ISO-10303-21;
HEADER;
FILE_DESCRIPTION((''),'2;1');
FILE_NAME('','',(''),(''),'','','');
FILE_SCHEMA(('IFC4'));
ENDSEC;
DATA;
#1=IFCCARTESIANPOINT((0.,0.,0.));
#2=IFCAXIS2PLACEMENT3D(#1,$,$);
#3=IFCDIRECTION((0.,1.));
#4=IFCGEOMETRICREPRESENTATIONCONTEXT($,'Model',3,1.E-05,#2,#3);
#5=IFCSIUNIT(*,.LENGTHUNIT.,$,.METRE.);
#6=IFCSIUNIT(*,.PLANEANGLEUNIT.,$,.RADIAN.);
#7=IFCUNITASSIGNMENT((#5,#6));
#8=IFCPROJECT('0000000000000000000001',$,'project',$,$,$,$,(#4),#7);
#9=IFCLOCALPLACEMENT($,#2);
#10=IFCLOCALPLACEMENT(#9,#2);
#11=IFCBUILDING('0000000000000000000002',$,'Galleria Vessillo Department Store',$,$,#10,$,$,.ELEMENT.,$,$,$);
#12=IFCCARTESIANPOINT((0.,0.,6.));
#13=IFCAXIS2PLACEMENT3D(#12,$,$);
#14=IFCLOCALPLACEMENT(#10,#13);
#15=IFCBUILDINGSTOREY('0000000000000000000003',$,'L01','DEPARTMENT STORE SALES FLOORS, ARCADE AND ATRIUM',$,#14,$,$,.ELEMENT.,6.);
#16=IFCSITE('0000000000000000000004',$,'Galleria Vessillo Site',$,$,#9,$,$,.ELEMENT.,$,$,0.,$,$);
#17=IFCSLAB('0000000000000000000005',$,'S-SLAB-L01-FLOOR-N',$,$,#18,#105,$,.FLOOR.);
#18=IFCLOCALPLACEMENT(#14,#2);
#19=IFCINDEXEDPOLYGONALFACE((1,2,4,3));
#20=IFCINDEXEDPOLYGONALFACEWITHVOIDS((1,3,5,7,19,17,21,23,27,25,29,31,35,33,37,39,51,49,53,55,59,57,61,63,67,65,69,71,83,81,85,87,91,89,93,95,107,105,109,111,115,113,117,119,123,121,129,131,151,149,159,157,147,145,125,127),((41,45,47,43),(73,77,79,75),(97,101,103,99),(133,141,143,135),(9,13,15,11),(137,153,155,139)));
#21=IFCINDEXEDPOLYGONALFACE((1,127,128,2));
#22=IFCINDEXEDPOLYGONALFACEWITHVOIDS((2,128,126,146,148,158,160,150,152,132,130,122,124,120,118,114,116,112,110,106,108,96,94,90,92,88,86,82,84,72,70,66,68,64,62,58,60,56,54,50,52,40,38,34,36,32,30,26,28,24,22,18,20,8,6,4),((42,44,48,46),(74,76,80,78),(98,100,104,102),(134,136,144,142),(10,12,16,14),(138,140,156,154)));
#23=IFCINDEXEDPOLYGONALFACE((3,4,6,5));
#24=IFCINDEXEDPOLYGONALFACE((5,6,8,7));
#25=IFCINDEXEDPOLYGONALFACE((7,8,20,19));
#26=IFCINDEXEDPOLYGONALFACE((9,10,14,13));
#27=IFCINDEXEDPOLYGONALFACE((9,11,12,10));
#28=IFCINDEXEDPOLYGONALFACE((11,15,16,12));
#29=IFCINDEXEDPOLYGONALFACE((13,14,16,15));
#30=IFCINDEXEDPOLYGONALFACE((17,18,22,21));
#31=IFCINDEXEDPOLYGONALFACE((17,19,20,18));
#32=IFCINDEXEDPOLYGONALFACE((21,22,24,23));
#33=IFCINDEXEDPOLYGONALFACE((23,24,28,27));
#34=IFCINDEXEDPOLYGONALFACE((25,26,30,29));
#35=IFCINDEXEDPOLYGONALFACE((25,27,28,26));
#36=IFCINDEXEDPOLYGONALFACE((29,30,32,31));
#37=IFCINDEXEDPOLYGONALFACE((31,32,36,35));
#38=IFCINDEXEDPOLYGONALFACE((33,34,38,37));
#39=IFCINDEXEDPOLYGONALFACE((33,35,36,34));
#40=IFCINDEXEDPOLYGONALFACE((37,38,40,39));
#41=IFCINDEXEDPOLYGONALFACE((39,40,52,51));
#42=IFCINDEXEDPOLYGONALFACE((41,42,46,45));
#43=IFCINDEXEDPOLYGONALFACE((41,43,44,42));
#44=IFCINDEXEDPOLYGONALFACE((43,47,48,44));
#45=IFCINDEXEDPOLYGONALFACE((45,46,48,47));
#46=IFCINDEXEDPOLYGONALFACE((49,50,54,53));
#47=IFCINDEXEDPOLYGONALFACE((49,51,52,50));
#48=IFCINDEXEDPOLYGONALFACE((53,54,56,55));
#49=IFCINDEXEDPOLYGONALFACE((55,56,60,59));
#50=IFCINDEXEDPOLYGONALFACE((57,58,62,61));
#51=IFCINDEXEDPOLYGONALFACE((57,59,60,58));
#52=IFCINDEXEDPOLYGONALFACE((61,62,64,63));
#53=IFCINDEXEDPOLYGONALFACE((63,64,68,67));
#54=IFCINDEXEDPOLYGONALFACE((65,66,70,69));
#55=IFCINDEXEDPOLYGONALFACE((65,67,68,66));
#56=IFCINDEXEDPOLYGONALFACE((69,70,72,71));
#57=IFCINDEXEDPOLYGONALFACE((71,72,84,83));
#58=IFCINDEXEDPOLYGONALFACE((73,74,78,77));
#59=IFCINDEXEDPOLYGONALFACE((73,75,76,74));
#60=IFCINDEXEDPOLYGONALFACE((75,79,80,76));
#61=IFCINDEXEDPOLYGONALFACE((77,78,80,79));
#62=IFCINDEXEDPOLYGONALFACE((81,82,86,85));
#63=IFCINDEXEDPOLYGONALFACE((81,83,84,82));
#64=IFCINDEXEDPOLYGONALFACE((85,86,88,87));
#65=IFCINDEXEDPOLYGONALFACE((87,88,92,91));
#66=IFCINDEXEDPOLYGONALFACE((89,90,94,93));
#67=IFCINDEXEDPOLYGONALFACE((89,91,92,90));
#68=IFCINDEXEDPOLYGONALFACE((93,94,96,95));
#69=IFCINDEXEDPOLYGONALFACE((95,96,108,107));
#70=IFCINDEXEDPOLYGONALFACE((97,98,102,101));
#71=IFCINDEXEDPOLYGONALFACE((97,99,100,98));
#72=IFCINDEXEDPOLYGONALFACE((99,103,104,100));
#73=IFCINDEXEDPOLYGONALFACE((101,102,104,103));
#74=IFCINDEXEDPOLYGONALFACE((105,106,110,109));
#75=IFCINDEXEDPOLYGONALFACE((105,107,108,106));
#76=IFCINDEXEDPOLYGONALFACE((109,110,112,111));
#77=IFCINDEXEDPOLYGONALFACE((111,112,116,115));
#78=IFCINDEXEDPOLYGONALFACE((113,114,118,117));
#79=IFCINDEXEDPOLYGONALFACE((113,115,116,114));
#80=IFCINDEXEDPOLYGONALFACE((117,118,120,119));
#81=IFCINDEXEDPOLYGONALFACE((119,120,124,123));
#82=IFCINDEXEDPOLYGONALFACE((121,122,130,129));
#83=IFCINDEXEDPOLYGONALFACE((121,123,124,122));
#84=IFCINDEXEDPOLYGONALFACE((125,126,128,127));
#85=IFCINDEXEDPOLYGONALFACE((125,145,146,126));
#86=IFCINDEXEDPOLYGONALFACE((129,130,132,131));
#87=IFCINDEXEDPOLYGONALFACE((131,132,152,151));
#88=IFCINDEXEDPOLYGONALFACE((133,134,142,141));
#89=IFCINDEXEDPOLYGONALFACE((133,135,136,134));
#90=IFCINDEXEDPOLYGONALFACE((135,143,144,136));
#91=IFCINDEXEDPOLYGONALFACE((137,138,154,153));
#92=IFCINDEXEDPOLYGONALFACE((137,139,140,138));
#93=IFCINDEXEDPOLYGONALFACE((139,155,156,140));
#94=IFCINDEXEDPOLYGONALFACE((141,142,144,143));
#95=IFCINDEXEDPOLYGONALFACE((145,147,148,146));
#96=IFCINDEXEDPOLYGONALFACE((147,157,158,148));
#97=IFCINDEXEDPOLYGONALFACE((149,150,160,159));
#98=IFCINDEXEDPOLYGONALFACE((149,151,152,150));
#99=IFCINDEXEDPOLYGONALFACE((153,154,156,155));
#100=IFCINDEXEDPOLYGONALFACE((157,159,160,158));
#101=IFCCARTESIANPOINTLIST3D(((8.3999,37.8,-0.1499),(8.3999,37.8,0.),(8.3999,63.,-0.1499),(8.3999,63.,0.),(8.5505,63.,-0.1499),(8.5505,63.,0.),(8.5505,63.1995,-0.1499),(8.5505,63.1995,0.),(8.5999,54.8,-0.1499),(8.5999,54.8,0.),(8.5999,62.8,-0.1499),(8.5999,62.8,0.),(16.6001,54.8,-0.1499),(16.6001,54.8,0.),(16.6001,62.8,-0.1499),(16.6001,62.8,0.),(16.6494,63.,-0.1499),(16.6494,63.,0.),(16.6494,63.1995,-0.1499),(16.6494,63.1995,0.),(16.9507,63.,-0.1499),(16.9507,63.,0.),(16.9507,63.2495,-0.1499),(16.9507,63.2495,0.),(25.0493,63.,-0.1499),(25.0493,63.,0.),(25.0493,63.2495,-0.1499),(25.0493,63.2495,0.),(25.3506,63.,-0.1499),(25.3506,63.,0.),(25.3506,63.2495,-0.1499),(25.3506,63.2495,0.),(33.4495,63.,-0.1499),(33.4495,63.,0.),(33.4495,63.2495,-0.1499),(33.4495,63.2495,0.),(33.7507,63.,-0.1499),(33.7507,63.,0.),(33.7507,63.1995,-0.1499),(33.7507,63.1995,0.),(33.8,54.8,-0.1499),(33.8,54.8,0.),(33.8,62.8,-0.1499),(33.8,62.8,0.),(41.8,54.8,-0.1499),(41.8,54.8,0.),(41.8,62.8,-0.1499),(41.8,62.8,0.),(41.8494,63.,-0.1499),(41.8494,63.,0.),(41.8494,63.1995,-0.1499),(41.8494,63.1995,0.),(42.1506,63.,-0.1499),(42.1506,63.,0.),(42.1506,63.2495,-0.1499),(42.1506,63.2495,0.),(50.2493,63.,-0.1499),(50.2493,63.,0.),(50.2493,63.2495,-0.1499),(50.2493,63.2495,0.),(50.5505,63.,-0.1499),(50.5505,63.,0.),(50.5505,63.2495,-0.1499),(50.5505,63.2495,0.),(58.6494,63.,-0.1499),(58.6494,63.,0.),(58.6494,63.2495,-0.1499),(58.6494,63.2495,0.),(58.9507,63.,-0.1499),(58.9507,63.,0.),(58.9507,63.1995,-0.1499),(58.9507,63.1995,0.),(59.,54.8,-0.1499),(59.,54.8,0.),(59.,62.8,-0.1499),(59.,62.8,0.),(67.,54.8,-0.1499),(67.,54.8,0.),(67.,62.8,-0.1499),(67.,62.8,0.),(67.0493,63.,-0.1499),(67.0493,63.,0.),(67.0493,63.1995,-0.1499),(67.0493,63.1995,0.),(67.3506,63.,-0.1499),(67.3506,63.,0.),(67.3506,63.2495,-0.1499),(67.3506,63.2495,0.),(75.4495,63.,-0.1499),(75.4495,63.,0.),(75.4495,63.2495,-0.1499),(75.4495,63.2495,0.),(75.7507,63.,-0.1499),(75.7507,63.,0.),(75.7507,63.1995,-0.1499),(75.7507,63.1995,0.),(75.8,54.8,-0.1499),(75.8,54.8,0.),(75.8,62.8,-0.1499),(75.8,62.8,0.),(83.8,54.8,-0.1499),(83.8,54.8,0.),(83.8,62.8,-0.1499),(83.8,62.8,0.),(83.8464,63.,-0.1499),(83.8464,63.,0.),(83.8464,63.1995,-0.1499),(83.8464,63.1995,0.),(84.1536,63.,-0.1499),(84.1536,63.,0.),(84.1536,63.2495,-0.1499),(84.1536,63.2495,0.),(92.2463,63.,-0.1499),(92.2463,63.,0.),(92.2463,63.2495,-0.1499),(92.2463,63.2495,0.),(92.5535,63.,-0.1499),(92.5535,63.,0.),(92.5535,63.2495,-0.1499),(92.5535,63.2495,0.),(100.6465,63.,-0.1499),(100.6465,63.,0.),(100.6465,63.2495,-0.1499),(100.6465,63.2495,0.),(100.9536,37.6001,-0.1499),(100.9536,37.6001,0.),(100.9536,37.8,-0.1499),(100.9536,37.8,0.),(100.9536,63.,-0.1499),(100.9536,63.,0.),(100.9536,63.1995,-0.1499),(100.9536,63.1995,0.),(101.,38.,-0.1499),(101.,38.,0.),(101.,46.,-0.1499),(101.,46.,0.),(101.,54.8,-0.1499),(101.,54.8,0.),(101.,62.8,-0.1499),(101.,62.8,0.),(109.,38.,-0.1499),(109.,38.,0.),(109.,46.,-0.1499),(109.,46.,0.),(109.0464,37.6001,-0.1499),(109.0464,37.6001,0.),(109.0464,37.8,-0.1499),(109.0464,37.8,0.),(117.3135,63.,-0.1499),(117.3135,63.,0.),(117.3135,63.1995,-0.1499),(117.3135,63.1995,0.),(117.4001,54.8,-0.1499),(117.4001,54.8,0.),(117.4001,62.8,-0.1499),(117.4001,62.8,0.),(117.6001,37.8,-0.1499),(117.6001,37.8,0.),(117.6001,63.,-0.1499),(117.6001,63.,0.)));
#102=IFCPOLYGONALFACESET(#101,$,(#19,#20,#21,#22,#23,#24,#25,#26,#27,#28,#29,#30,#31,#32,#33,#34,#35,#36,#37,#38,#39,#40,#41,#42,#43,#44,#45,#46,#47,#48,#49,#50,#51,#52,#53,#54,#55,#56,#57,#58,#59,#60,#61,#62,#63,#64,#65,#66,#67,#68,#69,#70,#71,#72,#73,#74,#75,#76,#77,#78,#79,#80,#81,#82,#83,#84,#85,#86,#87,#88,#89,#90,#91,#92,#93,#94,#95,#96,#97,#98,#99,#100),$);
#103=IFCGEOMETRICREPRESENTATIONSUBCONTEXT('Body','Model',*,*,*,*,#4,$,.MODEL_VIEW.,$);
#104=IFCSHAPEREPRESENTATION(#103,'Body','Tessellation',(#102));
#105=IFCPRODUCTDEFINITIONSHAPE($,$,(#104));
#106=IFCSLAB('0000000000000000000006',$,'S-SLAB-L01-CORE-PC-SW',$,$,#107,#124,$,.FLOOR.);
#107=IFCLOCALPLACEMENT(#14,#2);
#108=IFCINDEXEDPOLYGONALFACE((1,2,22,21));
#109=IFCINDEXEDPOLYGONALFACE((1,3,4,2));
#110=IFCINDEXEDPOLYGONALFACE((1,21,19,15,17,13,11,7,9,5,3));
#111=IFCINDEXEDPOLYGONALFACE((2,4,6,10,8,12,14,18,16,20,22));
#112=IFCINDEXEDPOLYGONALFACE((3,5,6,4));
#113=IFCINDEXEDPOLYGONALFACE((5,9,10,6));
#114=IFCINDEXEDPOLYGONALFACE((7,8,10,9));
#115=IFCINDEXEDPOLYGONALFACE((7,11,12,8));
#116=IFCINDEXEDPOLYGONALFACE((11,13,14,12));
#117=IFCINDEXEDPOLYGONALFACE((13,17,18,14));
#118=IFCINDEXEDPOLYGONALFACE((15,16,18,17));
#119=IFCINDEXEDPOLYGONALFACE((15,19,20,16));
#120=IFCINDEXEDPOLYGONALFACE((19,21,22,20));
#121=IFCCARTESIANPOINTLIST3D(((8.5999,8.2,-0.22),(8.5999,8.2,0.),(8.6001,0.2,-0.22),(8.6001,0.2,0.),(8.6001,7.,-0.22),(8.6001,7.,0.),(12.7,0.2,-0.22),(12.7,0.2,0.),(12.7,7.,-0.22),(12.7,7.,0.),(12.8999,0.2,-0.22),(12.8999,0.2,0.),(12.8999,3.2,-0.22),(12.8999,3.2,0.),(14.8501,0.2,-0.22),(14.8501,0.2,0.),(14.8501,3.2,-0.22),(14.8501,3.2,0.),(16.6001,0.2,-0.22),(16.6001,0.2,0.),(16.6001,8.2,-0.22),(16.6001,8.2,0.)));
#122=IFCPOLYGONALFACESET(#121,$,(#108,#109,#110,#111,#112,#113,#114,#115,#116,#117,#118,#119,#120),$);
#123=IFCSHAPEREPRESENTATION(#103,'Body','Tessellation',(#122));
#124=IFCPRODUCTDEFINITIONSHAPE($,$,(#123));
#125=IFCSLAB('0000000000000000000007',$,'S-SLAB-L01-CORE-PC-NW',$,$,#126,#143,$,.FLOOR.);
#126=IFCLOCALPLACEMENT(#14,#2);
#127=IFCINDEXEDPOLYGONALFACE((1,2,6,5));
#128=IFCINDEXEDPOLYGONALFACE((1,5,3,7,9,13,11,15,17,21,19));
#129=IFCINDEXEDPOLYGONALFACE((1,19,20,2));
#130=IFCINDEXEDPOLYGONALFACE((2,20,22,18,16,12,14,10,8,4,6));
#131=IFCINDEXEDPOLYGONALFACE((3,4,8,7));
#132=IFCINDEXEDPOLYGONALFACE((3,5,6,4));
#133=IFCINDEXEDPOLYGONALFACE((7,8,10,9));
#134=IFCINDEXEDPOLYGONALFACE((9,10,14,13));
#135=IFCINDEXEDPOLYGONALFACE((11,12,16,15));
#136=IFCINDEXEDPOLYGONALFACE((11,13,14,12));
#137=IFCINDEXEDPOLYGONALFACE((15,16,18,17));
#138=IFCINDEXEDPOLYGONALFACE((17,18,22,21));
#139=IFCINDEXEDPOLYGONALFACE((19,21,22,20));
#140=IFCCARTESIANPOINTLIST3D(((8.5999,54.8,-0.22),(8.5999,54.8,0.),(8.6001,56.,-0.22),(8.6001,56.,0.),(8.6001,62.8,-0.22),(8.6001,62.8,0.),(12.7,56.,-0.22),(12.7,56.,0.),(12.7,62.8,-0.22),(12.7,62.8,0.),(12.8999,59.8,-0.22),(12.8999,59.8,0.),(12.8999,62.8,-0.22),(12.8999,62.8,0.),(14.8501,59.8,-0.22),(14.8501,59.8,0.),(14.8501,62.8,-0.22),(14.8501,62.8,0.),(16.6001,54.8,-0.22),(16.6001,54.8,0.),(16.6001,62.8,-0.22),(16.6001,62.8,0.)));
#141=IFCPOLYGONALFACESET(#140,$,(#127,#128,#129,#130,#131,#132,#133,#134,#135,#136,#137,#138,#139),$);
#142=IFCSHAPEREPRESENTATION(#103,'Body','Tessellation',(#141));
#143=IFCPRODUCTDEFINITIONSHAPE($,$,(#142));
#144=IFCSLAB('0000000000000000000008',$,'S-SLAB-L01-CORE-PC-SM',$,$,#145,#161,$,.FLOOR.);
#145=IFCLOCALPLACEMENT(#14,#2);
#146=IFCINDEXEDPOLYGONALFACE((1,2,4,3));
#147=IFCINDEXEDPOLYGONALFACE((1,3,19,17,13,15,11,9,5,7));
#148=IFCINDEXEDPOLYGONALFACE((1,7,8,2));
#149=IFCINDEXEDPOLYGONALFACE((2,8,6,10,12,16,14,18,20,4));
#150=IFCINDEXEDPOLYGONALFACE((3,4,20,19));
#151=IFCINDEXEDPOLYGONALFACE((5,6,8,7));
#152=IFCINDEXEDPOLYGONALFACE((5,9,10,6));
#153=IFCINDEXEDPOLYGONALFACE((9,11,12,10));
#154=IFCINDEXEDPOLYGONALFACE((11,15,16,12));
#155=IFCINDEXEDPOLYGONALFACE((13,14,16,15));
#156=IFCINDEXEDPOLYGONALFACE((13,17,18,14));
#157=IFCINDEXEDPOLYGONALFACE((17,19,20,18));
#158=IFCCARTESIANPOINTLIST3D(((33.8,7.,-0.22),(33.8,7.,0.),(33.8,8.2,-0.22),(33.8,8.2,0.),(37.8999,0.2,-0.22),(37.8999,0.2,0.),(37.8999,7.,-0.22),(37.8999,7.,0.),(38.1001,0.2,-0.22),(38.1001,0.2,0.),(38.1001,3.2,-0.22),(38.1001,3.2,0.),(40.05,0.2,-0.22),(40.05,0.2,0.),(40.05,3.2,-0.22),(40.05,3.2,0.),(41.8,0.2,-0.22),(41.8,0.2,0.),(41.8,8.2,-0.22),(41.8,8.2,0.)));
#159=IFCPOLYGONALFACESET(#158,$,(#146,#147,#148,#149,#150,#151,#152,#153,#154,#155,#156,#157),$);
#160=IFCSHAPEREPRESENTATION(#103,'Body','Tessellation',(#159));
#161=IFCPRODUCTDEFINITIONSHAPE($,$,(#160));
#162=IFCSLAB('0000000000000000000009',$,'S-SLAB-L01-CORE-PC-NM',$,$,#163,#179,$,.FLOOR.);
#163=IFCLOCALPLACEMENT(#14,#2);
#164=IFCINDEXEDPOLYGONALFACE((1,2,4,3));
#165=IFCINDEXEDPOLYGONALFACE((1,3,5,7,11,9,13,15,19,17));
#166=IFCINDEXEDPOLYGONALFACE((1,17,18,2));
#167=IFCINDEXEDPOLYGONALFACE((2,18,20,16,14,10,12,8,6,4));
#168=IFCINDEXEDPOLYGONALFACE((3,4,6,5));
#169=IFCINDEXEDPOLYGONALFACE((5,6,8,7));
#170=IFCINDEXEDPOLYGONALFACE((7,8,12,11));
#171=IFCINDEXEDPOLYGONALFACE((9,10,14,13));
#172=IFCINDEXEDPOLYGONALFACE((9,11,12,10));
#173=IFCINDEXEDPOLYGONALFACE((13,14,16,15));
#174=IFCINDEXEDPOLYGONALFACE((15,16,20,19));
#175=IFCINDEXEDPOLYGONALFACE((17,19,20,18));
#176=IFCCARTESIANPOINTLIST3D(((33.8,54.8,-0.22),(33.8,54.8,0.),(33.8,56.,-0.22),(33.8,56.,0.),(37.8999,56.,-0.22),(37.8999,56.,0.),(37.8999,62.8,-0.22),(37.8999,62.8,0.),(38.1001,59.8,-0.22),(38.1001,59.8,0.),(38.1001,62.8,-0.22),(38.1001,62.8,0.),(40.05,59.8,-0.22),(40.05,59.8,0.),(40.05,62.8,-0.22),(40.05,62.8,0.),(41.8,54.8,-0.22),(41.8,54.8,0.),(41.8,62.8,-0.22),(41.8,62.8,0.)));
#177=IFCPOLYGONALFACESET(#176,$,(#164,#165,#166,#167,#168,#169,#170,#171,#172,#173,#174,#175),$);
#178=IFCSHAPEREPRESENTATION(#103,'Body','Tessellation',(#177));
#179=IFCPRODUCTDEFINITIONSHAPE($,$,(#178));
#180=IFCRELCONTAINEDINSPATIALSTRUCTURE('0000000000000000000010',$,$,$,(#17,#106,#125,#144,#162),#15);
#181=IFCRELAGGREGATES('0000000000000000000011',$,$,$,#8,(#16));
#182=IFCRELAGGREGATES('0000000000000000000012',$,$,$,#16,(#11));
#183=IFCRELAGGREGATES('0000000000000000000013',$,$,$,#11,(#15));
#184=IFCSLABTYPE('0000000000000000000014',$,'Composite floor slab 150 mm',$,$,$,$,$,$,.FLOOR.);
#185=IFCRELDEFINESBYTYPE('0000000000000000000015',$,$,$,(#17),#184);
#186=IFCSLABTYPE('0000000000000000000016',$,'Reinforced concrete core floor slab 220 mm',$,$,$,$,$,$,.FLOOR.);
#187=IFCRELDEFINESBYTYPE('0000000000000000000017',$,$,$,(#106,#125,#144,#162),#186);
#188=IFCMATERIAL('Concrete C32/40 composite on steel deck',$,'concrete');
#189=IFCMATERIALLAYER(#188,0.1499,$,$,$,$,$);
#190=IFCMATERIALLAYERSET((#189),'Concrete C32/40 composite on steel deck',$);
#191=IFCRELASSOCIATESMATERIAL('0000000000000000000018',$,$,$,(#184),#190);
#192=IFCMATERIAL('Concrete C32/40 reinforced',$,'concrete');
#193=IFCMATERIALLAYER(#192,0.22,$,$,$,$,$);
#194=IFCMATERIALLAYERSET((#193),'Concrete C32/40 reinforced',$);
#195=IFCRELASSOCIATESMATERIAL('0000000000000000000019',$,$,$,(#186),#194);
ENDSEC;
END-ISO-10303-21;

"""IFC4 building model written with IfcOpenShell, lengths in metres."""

from ifc_helpers import new_model, si_unit, direction, frame, origin, place, context, subcontext, project, spatial, polyline, outline, extrude, material, layer, layer_set, type_object, element, save


model = new_model("IFC4")

# Units and contexts
model_context = context("Model", 3, precision=1e-05, world=origin(), true_north=direction((0.0, 1.0)))
body_context = subcontext(model_context, "Body", "Model", "MODEL_VIEW")
ifc_project = project(units=[si_unit("LENGTHUNIT", "METRE"), si_unit("PLANEANGLEUNIT", "RADIAN")], contexts=[model_context])

# Site, building, storey
site_placement = place(None, origin())
site = spatial("IfcSite", under=ifc_project, at=site_placement, Name="Galleria Vessillo Site", CompositionType="ELEMENT", RefElevation=0.0)
building_placement = place(site_placement, origin())
building = spatial("IfcBuilding", under=site, at=building_placement, Name="Galleria Vessillo Department Store", CompositionType="ELEMENT")
storey_placement = place(building_placement, frame((0.0, 0.0, 6.0)))
storey = spatial("IfcBuildingStorey", under=building, at=storey_placement, Name="L01", Description="DEPARTMENT STORE SALES FLOORS, ARCADE AND ATRIUM", CompositionType="ELEMENT", Elevation=6.0)

# Slabs
ifc_material_1 = material(Name="Concrete C32/40 composite on steel deck", Category="concrete")
ifc_layer_1 = layer(ifc_material_1, 0.1499)
ifc_layer_set_1 = layer_set([ifc_layer_1], Name="Concrete C32/40 composite on steel deck")
slab_type_1 = type_object("IfcSlabType", Name="Composite floor slab 150 mm", PredefinedType="FLOOR", material=ifc_layer_set_1)
slab_1_placement = place(storey_placement, frame((0.0, 0.0, -0.1499)))
element("IfcSlab", 1, at=slab_1_placement, inside=storey, type_object=slab_type_1, Name="S-SLAB-L01-FLOOR-N", PredefinedType="FLOOR", context=body_context, shape_type="SweptSolid", body=[
    extrude(outline(polyline([(8.5505, 63.1995), (16.6494, 63.1995), (16.6494, 63.0), (16.9507, 63.0), (16.9507, 63.2495), (25.0493, 63.2495), (25.0493, 63.0), (25.3506, 63.0), (25.3506, 63.2495), (33.4495, 63.2495), (33.4495, 63.0), (33.7507, 63.0), (33.7507, 63.1995), (41.8494, 63.1995), (41.8494, 63.0), (42.1506, 63.0), (42.1506, 63.2495), (50.2493, 63.2495), (50.2493, 63.0), (50.5505, 63.0), (50.5505, 63.2495), (58.6494, 63.2495), (58.6494, 63.0), (58.9507, 63.0), (58.9507, 63.1995), (67.0493, 63.1995), (67.0493, 63.0), (67.3506, 63.0), (67.3506, 63.2495), (75.4495, 63.2495), (75.4495, 63.0), (75.7507, 63.0), (75.7507, 63.1995), (83.8464, 63.1995), (83.8464, 63.0), (84.1536, 63.0), (84.1536, 63.2495), (92.2463, 63.2495), (92.2463, 63.0), (92.5535, 63.0), (92.5535, 63.2495), (100.6465, 63.2495), (100.6465, 63.0), (100.9536, 63.0), (100.9536, 63.1995), (117.3135, 63.1995), (117.3135, 63.0), (117.6001, 63.0), (117.6001, 37.8), (109.0464, 37.8), (109.0464, 37.6001), (100.9536, 37.6001), (100.9536, 37.8), (8.3999, 37.8), (8.3999, 63.0), (8.5505, 63.0), (8.5505, 63.1995)]), holes=[polyline([(16.6001, 62.8), (8.5999, 62.8), (8.5999, 54.8), (16.6001, 54.8), (16.6001, 62.8)]), polyline([(41.8, 62.8), (33.8, 62.8), (33.8, 54.8), (41.8, 54.8), (41.8, 62.8)]), polyline([(59.0, 62.8), (59.0, 54.8), (67.0, 54.8), (67.0, 62.8), (59.0, 62.8)]), polyline([(101.0, 46.0), (101.0, 38.0), (109.0, 38.0), (109.0, 46.0), (101.0, 46.0)]), polyline([(83.8, 62.8), (75.8, 62.8), (75.8, 54.8), (83.8, 54.8), (83.8, 62.8)]), polyline([(117.4001, 62.8), (101.0, 62.8), (101.0, 54.8), (117.4001, 54.8), (117.4001, 62.8)])]), origin(), (0.0, 0.0, 1.0), 0.1499),
])
ifc_material_2 = material(Name="Concrete C32/40 reinforced", Category="concrete")
ifc_layer_2 = layer(ifc_material_2, 0.22)
ifc_layer_set_2 = layer_set([ifc_layer_2], Name="Concrete C32/40 reinforced")
slab_type_2 = type_object("IfcSlabType", Name="Reinforced concrete core floor slab 220 mm", PredefinedType="FLOOR", material=ifc_layer_set_2)
slab_2_placement = place(storey_placement, frame((0.0, 0.0, -0.22)))
element("IfcSlab", 2, at=slab_2_placement, inside=storey, type_object=slab_type_2, Name="S-SLAB-L01-CORE-PC-SW", PredefinedType="FLOOR", context=body_context, shape_type="SweptSolid", body=[
    extrude(outline(polyline([(8.5999, 8.2), (16.6001, 8.2), (16.6001, 0.2), (14.8501, 0.2), (14.8501, 3.2), (12.8999, 3.2), (12.8999, 0.2), (12.7, 0.2), (12.7, 7.0), (8.6001, 7.0), (8.6001, 0.2), (8.5999, 8.2)])), origin(), (0.0, 0.0, 1.0), 0.22),
])
slab_3_placement = place(storey_placement, frame((0.0, 0.0, -0.22)))
element("IfcSlab", 3, at=slab_3_placement, inside=storey, type_object=slab_type_2, Name="S-SLAB-L01-CORE-PC-NW", PredefinedType="FLOOR", context=body_context, shape_type="SweptSolid", body=[
    extrude(outline(polyline([(16.6001, 62.8), (16.6001, 54.8), (8.5999, 54.8), (8.6001, 62.8), (8.6001, 56.0), (12.7, 56.0), (12.7, 62.8), (12.8999, 62.8), (12.8999, 59.8), (14.8501, 59.8), (14.8501, 62.8), (16.6001, 62.8)])), origin(), (0.0, 0.0, 1.0), 0.22),
])
slab_4_placement = place(storey_placement, frame((0.0, 0.0, -0.22)))
element("IfcSlab", 4, at=slab_4_placement, inside=storey, type_object=slab_type_2, Name="S-SLAB-L01-CORE-PC-SM", PredefinedType="FLOOR", context=body_context, shape_type="SweptSolid", body=[
    extrude(outline(polyline([(33.8, 8.2), (41.8, 8.2), (41.8, 0.2), (40.05, 0.2), (40.05, 3.2), (38.1001, 3.2), (38.1001, 0.2), (37.8999, 0.2), (37.8999, 7.0), (33.8, 7.0), (33.8, 8.2)])), origin(), (0.0, 0.0, 1.0), 0.22),
])
slab_5_placement = place(storey_placement, frame((0.0, 0.0, -0.22)))
element("IfcSlab", 5, at=slab_5_placement, inside=storey, type_object=slab_type_2, Name="S-SLAB-L01-CORE-PC-NM", PredefinedType="FLOOR", context=body_context, shape_type="SweptSolid", body=[
    extrude(outline(polyline([(41.8, 62.8), (41.8, 54.8), (33.8, 54.8), (33.8, 56.0), (37.8999, 56.0), (37.8999, 62.8), (38.1001, 62.8), (38.1001, 59.8), (40.05, 59.8), (40.05, 62.8), (41.8, 62.8)])), origin(), (0.0, 0.0, 1.0), 0.22),
])

save(model, "model.ifc")
